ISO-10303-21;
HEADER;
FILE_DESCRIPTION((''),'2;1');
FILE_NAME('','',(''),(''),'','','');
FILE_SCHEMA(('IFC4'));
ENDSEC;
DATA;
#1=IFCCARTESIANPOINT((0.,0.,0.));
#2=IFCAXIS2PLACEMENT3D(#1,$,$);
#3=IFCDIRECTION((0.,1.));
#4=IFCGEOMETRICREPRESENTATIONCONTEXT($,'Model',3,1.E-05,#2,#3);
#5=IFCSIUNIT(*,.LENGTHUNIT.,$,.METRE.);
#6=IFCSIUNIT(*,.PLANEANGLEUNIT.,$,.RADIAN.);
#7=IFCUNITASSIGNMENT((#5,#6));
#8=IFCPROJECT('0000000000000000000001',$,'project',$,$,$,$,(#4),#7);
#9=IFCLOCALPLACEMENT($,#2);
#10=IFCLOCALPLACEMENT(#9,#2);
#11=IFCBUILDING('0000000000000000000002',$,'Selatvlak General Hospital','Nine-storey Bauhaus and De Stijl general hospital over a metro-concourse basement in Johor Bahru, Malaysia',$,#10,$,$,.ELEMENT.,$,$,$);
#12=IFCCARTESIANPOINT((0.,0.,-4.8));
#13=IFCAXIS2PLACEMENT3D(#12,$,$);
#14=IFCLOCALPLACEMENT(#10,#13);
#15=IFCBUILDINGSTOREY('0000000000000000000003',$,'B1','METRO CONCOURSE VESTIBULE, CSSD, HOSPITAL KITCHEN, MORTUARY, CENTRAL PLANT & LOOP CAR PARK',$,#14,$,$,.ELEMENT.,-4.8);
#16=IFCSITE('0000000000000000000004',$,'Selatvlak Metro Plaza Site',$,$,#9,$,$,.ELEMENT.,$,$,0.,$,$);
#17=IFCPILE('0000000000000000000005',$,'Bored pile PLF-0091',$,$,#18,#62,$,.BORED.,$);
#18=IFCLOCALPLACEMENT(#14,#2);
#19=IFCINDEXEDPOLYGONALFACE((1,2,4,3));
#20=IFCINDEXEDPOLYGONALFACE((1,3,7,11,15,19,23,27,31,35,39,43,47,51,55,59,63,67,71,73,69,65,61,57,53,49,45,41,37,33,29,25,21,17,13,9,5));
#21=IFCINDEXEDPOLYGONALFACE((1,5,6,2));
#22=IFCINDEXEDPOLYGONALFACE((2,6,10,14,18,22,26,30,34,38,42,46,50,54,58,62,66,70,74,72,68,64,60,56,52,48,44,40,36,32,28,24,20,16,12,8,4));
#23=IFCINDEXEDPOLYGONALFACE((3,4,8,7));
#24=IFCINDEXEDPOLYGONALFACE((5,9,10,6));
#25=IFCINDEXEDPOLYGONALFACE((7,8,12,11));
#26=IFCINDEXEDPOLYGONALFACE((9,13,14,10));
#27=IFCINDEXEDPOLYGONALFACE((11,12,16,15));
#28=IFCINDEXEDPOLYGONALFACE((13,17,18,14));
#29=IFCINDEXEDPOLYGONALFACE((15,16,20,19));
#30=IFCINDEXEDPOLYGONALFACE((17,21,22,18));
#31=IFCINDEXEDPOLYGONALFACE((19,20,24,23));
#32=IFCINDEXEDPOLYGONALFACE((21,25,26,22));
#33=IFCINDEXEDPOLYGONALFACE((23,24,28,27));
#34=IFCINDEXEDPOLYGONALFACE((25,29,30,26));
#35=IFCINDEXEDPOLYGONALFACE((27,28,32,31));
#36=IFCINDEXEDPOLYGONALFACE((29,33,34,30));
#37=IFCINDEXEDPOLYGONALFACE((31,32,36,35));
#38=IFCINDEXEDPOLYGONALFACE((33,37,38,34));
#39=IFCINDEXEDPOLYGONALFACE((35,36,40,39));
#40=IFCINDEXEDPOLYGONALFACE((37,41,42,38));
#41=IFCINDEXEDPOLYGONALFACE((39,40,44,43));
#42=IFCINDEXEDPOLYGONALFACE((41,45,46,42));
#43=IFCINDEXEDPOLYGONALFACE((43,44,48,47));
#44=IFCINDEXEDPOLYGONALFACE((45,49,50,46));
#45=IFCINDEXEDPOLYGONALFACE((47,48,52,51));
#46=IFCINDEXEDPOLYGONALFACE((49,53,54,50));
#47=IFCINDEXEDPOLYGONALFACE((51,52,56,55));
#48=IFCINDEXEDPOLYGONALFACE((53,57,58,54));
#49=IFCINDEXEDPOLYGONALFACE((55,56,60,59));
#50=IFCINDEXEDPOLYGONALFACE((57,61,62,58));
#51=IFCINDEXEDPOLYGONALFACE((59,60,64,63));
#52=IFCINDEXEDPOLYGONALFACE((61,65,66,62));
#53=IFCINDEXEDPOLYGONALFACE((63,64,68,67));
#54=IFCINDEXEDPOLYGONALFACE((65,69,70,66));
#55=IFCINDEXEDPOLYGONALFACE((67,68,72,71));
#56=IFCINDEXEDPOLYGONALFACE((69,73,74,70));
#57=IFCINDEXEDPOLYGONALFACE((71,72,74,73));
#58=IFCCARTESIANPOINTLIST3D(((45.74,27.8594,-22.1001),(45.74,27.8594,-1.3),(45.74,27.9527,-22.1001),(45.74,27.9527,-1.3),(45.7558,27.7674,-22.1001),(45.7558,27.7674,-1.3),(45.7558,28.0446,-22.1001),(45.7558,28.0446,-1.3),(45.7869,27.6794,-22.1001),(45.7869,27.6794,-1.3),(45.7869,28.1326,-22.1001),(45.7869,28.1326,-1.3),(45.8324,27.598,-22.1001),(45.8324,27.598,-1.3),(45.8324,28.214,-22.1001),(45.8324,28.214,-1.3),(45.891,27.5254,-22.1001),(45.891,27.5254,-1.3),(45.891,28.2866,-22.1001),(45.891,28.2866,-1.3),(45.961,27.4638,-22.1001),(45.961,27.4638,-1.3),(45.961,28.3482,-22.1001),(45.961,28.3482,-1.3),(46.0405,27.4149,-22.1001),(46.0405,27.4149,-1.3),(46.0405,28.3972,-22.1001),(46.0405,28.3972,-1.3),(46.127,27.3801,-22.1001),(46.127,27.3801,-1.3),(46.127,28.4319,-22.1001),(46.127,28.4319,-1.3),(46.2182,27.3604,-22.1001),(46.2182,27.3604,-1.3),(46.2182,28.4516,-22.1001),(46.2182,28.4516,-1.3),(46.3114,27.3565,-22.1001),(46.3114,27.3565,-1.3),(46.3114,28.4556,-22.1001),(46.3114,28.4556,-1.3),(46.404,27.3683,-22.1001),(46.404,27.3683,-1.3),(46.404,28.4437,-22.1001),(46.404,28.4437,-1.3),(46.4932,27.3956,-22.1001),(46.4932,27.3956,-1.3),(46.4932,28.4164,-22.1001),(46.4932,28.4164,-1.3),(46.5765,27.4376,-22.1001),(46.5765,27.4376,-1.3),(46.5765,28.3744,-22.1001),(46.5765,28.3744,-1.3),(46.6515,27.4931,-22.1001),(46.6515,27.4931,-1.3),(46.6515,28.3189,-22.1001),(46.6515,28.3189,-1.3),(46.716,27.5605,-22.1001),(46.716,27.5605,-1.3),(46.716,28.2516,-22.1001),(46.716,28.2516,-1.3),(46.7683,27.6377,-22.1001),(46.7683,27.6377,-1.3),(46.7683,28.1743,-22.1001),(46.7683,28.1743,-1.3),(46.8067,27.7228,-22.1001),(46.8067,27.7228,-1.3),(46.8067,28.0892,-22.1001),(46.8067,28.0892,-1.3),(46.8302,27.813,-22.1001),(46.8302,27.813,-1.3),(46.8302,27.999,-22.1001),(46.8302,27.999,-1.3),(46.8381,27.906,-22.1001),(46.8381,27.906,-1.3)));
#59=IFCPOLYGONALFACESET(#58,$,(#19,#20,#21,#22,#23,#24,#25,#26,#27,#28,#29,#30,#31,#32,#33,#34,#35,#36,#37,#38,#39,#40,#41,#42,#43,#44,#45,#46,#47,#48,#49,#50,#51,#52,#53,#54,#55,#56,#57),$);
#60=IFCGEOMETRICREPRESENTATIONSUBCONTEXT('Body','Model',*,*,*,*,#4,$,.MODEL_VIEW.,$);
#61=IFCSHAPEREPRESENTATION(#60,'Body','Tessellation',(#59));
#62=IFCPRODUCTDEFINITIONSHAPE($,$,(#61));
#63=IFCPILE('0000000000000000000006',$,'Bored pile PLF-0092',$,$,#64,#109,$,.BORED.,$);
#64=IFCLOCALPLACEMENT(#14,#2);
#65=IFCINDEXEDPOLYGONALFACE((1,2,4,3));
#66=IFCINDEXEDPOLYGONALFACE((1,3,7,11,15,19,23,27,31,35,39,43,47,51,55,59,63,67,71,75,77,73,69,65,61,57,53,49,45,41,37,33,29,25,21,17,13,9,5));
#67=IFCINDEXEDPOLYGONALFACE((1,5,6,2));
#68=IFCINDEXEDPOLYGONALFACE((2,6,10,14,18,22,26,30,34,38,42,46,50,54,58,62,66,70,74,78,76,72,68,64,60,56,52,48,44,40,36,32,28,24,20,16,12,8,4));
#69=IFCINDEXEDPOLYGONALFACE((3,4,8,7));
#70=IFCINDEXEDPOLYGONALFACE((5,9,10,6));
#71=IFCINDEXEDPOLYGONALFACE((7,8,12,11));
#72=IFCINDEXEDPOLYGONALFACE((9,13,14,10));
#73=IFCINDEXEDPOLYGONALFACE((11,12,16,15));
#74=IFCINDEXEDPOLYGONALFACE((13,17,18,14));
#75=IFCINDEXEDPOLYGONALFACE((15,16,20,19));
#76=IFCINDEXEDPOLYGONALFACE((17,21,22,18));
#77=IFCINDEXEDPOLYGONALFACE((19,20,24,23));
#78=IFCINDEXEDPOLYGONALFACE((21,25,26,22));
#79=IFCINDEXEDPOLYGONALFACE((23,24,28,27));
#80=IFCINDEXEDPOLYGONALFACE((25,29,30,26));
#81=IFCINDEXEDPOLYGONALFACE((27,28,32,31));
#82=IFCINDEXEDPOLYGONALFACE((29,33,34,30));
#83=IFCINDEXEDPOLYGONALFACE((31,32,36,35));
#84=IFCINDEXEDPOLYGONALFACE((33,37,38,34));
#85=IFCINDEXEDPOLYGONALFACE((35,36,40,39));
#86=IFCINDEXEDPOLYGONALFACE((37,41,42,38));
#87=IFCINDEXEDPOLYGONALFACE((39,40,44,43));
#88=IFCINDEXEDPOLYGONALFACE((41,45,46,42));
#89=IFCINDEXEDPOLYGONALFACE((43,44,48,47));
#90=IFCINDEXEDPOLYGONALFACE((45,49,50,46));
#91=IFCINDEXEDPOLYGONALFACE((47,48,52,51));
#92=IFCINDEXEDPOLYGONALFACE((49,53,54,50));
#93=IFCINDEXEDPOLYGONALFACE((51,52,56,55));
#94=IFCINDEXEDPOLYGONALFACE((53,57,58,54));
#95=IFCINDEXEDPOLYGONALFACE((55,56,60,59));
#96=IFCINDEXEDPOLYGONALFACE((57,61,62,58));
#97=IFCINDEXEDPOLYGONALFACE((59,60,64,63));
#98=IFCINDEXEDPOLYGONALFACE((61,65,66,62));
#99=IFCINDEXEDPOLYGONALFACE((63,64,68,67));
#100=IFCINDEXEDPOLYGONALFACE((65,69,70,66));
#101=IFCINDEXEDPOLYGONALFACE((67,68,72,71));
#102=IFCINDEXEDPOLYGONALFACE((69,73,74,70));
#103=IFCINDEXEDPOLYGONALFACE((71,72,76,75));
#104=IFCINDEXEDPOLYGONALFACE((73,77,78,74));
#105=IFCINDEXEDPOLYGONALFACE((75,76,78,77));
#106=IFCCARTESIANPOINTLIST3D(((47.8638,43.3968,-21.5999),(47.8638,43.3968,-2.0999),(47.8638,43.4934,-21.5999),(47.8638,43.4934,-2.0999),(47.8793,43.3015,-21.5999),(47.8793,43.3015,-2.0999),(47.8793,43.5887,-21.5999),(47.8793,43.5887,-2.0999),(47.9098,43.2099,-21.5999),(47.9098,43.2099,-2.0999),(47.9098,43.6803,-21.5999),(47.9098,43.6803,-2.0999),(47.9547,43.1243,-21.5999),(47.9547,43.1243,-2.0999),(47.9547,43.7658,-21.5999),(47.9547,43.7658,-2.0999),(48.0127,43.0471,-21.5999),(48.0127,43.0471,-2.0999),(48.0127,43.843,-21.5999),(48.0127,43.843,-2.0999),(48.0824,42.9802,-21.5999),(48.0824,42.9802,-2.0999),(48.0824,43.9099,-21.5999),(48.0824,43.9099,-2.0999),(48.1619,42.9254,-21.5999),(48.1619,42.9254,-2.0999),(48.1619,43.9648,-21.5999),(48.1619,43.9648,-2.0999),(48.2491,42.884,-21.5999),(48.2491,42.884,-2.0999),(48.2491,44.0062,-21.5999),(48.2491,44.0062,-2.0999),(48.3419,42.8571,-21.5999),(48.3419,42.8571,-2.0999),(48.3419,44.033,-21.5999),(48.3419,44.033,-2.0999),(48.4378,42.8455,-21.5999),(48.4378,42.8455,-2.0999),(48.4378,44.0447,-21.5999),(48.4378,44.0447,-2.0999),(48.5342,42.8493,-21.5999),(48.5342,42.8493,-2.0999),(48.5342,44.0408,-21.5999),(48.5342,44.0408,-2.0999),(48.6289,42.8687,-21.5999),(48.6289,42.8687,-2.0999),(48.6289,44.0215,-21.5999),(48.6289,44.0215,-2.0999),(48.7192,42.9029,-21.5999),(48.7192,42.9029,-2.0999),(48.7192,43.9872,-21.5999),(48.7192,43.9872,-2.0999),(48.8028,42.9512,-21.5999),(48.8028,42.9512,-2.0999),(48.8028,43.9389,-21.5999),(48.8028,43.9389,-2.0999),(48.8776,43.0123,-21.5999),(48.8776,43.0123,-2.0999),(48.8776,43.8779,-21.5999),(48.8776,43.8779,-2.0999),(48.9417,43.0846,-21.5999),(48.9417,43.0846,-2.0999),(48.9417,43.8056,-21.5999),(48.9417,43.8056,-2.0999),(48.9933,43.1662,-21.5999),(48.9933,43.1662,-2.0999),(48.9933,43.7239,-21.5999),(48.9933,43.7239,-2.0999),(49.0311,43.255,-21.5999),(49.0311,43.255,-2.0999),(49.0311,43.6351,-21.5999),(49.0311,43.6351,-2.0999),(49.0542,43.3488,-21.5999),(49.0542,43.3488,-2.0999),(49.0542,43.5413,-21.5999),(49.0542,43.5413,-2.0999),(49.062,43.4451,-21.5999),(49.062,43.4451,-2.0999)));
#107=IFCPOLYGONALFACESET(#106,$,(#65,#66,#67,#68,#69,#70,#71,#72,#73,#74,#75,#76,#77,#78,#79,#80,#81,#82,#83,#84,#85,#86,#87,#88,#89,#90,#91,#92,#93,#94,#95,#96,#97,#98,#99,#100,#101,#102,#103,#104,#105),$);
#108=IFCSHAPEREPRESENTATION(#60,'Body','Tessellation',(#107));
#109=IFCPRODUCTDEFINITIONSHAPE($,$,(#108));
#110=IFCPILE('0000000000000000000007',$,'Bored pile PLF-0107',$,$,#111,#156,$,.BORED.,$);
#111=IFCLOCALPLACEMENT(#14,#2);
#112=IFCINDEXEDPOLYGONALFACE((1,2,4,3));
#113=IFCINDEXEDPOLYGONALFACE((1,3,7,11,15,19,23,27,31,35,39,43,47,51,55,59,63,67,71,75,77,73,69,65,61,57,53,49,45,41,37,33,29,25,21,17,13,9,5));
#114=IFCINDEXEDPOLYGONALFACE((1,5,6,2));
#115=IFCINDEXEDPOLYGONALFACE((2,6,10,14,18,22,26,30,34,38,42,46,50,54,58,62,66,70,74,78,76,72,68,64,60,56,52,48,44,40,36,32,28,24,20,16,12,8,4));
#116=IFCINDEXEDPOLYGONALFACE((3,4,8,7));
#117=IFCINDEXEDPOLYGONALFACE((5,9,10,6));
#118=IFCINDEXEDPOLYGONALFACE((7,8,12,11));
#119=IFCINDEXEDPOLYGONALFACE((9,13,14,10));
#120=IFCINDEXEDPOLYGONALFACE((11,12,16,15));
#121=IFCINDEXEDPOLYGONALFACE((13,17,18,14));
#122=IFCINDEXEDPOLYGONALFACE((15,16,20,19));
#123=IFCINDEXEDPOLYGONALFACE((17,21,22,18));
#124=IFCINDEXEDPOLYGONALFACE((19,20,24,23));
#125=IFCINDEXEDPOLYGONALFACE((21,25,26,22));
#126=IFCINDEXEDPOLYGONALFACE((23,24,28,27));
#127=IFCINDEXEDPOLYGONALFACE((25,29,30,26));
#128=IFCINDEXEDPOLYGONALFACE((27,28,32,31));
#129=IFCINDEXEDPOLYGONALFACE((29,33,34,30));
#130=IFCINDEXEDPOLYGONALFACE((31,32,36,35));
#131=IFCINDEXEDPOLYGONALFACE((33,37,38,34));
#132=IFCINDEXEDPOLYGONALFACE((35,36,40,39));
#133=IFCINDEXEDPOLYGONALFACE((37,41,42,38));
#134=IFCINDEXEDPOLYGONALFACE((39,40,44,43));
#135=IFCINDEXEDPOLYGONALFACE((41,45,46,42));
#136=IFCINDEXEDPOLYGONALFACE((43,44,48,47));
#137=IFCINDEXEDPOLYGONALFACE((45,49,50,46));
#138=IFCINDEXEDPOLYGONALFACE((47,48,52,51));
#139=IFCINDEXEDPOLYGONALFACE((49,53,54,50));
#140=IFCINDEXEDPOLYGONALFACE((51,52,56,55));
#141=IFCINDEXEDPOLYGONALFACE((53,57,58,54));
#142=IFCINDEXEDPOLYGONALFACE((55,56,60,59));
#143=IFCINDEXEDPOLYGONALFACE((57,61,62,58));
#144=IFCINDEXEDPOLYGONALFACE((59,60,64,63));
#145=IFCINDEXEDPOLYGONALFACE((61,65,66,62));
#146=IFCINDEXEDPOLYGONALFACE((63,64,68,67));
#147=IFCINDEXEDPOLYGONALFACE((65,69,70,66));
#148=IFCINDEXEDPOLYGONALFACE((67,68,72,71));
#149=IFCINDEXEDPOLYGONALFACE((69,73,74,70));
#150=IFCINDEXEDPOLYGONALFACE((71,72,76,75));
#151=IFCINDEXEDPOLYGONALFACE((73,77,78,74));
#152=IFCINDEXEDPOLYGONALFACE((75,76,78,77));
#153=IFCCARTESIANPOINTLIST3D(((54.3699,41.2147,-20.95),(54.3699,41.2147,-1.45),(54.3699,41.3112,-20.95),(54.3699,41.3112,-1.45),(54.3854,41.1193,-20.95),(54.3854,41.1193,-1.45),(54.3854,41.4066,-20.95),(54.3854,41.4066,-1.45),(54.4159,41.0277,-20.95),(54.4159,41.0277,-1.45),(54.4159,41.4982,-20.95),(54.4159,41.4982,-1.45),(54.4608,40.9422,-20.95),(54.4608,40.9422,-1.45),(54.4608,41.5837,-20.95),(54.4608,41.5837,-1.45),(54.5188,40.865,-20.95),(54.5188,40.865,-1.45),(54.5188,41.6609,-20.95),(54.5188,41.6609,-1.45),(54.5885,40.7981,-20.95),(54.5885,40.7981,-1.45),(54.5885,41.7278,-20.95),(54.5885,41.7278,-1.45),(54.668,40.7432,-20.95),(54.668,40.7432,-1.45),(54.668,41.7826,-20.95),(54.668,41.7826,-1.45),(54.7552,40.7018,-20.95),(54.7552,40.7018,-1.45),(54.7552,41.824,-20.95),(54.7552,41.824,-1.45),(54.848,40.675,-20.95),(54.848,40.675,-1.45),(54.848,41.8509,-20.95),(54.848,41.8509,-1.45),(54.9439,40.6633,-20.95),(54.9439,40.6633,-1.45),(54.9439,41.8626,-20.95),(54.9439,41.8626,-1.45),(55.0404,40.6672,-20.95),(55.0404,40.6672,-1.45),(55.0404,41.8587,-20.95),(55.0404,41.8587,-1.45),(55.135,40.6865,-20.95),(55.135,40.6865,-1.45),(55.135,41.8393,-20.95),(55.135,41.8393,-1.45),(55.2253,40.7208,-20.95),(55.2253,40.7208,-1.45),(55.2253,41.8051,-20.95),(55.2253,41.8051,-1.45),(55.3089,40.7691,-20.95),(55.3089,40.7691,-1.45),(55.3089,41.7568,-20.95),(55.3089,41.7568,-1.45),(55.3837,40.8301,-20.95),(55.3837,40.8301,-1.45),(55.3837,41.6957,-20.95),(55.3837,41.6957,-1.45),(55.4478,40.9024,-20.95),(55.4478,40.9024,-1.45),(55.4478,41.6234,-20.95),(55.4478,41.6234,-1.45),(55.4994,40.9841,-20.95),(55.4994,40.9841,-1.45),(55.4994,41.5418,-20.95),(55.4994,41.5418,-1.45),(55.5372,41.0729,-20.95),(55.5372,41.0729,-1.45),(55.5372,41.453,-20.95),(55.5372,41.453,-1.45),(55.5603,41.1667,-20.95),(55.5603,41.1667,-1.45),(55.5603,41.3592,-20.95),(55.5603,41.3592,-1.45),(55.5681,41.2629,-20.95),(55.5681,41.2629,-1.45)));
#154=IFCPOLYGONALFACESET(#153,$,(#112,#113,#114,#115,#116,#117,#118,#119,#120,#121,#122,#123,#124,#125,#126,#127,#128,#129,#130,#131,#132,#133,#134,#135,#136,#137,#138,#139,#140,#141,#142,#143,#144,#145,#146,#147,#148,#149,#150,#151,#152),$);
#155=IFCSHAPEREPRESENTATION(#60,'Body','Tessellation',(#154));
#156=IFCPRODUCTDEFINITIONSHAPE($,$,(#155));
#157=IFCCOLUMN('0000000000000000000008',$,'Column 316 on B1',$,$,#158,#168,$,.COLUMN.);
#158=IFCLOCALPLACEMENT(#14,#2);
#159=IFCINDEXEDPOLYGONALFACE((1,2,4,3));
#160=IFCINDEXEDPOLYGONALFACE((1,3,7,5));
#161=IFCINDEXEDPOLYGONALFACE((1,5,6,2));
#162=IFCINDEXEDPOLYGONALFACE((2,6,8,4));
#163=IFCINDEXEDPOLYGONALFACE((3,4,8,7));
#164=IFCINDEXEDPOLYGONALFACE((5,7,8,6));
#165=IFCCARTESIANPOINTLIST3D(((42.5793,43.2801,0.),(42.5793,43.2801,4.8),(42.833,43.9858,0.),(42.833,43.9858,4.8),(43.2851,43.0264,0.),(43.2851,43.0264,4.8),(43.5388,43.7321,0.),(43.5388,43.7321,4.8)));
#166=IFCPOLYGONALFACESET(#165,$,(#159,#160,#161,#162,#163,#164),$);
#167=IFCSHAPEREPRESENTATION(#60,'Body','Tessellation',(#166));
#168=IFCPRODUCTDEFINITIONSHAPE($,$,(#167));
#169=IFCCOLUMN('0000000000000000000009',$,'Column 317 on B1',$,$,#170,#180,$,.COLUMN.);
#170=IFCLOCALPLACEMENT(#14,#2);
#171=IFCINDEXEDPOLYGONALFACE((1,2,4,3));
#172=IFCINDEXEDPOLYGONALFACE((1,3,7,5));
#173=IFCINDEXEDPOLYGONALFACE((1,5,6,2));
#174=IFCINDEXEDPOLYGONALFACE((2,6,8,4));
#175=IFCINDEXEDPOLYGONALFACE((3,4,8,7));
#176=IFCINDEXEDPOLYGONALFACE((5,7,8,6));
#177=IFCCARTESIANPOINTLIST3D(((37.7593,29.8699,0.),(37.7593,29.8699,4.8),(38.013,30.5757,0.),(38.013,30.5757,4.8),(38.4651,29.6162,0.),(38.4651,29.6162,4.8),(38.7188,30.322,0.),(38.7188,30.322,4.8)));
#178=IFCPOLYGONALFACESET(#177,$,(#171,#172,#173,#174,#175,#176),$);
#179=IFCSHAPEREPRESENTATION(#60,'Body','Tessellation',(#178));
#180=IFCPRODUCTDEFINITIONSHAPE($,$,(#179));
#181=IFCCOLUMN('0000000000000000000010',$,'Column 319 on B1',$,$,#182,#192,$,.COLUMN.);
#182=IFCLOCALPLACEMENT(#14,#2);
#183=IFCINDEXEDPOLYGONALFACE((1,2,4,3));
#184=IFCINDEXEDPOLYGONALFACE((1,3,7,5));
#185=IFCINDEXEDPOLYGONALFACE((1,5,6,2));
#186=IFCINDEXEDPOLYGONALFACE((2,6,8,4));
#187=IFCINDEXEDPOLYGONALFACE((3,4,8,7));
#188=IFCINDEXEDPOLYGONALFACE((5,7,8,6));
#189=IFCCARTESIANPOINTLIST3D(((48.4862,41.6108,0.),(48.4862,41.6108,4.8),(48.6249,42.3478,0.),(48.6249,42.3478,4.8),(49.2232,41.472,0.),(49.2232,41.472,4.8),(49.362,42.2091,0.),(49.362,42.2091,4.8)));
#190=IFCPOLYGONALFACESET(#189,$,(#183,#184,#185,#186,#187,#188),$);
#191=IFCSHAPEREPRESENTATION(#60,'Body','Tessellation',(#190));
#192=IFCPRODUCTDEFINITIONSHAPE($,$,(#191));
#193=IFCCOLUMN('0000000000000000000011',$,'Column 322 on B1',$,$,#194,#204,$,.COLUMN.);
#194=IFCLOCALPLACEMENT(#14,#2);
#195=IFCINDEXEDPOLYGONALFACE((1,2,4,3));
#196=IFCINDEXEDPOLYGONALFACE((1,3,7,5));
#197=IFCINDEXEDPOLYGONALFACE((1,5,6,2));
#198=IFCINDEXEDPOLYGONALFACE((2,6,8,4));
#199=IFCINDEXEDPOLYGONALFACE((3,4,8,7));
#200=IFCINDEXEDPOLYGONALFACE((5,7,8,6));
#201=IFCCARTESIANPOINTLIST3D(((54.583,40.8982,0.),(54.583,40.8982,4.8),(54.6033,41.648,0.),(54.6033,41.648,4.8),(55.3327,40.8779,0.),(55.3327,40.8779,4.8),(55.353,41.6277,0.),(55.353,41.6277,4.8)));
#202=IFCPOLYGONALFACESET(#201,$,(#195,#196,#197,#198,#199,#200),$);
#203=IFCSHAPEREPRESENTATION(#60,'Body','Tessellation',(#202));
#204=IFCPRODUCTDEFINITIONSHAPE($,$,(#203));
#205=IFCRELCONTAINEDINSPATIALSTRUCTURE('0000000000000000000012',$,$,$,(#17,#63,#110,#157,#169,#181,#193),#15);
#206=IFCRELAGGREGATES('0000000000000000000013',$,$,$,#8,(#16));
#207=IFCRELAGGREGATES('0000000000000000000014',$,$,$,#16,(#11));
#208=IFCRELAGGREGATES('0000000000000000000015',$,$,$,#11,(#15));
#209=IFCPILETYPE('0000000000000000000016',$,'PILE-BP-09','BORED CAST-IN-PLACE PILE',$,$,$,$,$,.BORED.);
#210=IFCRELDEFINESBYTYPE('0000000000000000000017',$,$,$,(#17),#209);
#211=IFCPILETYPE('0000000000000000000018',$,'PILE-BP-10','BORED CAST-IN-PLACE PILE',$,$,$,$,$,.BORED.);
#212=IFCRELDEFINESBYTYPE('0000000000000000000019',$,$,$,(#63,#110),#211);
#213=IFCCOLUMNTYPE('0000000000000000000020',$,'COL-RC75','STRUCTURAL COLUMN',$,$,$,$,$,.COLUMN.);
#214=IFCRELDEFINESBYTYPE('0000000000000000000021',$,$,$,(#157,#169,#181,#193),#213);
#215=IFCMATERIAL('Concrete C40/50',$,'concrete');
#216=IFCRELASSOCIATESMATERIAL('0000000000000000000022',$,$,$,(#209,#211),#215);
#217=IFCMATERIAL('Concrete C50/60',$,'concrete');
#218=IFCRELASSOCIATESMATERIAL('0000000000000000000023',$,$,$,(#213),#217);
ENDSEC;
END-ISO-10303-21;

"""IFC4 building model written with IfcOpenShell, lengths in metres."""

from ifc_helpers import new_model, si_unit, direction, frame, origin, origin_2d, place, context, subcontext, project, spatial, rectangle, circle, extrude, material, material_profile, profile_set, type_object, element, save


model = new_model("IFC4")

# Units and contexts
model_context = context("Model", 3, precision=1e-05, world=origin(), true_north=direction((0.0, 1.0)))
body_context = subcontext(model_context, "Body", "Model", "MODEL_VIEW")
ifc_project = project(units=[si_unit("LENGTHUNIT", "METRE"), si_unit("PLANEANGLEUNIT", "RADIAN")], contexts=[model_context])

# Site, building, storey
site_placement = place(None, origin())
site = spatial("IfcSite", under=ifc_project, at=site_placement, Name="Selatvlak Metro Plaza Site", CompositionType="ELEMENT", RefElevation=0.0)
building_placement = place(site_placement, origin())
building = spatial("IfcBuilding", under=site, at=building_placement, Name="Selatvlak General Hospital", Description="Nine-storey Bauhaus and De Stijl general hospital over a metro-concourse basement in Johor Bahru, Malaysia", CompositionType="ELEMENT")
storey_placement = place(building_placement, frame((0.0, 0.0, -4.8)))
storey = spatial("IfcBuildingStorey", under=building, at=storey_placement, Name="B1", Description="METRO CONCOURSE VESTIBULE, CSSD, HOSPITAL KITCHEN, MORTUARY, CENTRAL PLANT & LOOP CAR PARK", CompositionType="ELEMENT", Elevation=-4.8)

# Shared definitions
ifc_material_1 = material(Name="Concrete C40/50", Category="concrete")

# Piles
ifc_material_profile_1 = material_profile(ifc_material_1, circle(Radius=0.55, at=origin_2d()), Name="BORED PILE 1100")
ifc_profile_set_1 = profile_set([ifc_material_profile_1], Name="Concrete C40/50")
pile_type_1 = type_object("IfcPileType", Name="PILE-BP-09", Description="BORED CAST-IN-PLACE PILE", PredefinedType="BORED", material=ifc_profile_set_1)
pile_1_placement = place(storey_placement, frame((46.2881, 27.906, -1.3), z_axis=(0.0, 0.0, -1.0), x_axis=(1.0, 0.0, 0.0)))
element("IfcPile", 1, at=pile_1_placement, inside=storey, type_object=pile_type_1, Name="Bored pile PLF-0091", PredefinedType="BORED", context=body_context, shape_type="SweptSolid", body=[
    extrude(circle(Radius=0.55, at=origin_2d()), origin(), (0.0, 0.0, 1.0), 20.8),
])
ifc_material_profile_2 = material_profile(ifc_material_1, circle(Radius=0.6001, at=origin_2d()), Name="BORED PILE 1200")
ifc_profile_set_2 = profile_set([ifc_material_profile_2], Name="Concrete C40/50")
pile_type_2 = type_object("IfcPileType", Name="PILE-BP-10", Description="BORED CAST-IN-PLACE PILE", PredefinedType="BORED", material=ifc_profile_set_2)
for number, where, z_axis, x_axis, name in (
    (2, (48.4619, 43.4451, -2.0999), (0.0, 0.0, -1.0), (1.0, 0.0, 0.0), "Bored pile PLF-0092"),
    (3, (54.968, 41.2629, -1.45), (0.0, 0.0, -1.0), (1.0, 0.0, 0.0), "Bored pile PLF-0107"),
):
    element("IfcPile", number, at=place(storey_placement, frame(where, z_axis=z_axis, x_axis=x_axis)), inside=storey, type_object=pile_type_2, Name=name, PredefinedType="BORED", context=body_context, shape_type="SweptSolid", body=[
        extrude(circle(Radius=0.6001, at=origin_2d()), origin(), (0.0, 0.0, 1.0), 19.5),
    ])

# Columns
ifc_material_2 = material(Name="Concrete C50/60", Category="concrete")
ifc_material_profile_3 = material_profile(ifc_material_2, rectangle(XDim=0.75, YDim=0.75, at=origin_2d()), Name="RC-COL 750x750")
ifc_profile_set_3 = profile_set([ifc_material_profile_3], Name="Concrete C50/60")
column_type_1 = type_object("IfcColumnType", Name="COL-RC75", Description="STRUCTURAL COLUMN", PredefinedType="COLUMN", material=ifc_profile_set_3)
for number, where, z_axis, x_axis, name in (
    (4, (43.0591, 43.5061, 0.0), (0.0, 0.0, 1.0), (0.338262, 0.941052, 0.0), "Column 316 on B1"),
    (5, (38.239, 30.0959, 0.0), (0.0, 0.0, 1.0), (0.338262, 0.941052, 0.0), "Column 317 on B1"),
    (6, (48.9241, 41.9099, 0.0), (0.0, 0.0, 1.0), (0.184998, 0.982739, 0.0), "Column 319 on B1"),
    (7, (54.968, 41.2629, 0.0), (0.0, 0.0, 1.0), (0.027067, 0.999634, 0.0), "Column 322 on B1"),
):
    element("IfcColumn", number, at=place(storey_placement, frame(where, z_axis=z_axis, x_axis=x_axis)), inside=storey, type_object=column_type_1, Name=name, PredefinedType="COLUMN", context=body_context, shape_type="SweptSolid", body=[
        extrude(rectangle(XDim=0.75, YDim=0.75, at=origin_2d()), origin(), (0.0, 0.0, 1.0), 4.8),
    ])

save(model, "model.ifc")
